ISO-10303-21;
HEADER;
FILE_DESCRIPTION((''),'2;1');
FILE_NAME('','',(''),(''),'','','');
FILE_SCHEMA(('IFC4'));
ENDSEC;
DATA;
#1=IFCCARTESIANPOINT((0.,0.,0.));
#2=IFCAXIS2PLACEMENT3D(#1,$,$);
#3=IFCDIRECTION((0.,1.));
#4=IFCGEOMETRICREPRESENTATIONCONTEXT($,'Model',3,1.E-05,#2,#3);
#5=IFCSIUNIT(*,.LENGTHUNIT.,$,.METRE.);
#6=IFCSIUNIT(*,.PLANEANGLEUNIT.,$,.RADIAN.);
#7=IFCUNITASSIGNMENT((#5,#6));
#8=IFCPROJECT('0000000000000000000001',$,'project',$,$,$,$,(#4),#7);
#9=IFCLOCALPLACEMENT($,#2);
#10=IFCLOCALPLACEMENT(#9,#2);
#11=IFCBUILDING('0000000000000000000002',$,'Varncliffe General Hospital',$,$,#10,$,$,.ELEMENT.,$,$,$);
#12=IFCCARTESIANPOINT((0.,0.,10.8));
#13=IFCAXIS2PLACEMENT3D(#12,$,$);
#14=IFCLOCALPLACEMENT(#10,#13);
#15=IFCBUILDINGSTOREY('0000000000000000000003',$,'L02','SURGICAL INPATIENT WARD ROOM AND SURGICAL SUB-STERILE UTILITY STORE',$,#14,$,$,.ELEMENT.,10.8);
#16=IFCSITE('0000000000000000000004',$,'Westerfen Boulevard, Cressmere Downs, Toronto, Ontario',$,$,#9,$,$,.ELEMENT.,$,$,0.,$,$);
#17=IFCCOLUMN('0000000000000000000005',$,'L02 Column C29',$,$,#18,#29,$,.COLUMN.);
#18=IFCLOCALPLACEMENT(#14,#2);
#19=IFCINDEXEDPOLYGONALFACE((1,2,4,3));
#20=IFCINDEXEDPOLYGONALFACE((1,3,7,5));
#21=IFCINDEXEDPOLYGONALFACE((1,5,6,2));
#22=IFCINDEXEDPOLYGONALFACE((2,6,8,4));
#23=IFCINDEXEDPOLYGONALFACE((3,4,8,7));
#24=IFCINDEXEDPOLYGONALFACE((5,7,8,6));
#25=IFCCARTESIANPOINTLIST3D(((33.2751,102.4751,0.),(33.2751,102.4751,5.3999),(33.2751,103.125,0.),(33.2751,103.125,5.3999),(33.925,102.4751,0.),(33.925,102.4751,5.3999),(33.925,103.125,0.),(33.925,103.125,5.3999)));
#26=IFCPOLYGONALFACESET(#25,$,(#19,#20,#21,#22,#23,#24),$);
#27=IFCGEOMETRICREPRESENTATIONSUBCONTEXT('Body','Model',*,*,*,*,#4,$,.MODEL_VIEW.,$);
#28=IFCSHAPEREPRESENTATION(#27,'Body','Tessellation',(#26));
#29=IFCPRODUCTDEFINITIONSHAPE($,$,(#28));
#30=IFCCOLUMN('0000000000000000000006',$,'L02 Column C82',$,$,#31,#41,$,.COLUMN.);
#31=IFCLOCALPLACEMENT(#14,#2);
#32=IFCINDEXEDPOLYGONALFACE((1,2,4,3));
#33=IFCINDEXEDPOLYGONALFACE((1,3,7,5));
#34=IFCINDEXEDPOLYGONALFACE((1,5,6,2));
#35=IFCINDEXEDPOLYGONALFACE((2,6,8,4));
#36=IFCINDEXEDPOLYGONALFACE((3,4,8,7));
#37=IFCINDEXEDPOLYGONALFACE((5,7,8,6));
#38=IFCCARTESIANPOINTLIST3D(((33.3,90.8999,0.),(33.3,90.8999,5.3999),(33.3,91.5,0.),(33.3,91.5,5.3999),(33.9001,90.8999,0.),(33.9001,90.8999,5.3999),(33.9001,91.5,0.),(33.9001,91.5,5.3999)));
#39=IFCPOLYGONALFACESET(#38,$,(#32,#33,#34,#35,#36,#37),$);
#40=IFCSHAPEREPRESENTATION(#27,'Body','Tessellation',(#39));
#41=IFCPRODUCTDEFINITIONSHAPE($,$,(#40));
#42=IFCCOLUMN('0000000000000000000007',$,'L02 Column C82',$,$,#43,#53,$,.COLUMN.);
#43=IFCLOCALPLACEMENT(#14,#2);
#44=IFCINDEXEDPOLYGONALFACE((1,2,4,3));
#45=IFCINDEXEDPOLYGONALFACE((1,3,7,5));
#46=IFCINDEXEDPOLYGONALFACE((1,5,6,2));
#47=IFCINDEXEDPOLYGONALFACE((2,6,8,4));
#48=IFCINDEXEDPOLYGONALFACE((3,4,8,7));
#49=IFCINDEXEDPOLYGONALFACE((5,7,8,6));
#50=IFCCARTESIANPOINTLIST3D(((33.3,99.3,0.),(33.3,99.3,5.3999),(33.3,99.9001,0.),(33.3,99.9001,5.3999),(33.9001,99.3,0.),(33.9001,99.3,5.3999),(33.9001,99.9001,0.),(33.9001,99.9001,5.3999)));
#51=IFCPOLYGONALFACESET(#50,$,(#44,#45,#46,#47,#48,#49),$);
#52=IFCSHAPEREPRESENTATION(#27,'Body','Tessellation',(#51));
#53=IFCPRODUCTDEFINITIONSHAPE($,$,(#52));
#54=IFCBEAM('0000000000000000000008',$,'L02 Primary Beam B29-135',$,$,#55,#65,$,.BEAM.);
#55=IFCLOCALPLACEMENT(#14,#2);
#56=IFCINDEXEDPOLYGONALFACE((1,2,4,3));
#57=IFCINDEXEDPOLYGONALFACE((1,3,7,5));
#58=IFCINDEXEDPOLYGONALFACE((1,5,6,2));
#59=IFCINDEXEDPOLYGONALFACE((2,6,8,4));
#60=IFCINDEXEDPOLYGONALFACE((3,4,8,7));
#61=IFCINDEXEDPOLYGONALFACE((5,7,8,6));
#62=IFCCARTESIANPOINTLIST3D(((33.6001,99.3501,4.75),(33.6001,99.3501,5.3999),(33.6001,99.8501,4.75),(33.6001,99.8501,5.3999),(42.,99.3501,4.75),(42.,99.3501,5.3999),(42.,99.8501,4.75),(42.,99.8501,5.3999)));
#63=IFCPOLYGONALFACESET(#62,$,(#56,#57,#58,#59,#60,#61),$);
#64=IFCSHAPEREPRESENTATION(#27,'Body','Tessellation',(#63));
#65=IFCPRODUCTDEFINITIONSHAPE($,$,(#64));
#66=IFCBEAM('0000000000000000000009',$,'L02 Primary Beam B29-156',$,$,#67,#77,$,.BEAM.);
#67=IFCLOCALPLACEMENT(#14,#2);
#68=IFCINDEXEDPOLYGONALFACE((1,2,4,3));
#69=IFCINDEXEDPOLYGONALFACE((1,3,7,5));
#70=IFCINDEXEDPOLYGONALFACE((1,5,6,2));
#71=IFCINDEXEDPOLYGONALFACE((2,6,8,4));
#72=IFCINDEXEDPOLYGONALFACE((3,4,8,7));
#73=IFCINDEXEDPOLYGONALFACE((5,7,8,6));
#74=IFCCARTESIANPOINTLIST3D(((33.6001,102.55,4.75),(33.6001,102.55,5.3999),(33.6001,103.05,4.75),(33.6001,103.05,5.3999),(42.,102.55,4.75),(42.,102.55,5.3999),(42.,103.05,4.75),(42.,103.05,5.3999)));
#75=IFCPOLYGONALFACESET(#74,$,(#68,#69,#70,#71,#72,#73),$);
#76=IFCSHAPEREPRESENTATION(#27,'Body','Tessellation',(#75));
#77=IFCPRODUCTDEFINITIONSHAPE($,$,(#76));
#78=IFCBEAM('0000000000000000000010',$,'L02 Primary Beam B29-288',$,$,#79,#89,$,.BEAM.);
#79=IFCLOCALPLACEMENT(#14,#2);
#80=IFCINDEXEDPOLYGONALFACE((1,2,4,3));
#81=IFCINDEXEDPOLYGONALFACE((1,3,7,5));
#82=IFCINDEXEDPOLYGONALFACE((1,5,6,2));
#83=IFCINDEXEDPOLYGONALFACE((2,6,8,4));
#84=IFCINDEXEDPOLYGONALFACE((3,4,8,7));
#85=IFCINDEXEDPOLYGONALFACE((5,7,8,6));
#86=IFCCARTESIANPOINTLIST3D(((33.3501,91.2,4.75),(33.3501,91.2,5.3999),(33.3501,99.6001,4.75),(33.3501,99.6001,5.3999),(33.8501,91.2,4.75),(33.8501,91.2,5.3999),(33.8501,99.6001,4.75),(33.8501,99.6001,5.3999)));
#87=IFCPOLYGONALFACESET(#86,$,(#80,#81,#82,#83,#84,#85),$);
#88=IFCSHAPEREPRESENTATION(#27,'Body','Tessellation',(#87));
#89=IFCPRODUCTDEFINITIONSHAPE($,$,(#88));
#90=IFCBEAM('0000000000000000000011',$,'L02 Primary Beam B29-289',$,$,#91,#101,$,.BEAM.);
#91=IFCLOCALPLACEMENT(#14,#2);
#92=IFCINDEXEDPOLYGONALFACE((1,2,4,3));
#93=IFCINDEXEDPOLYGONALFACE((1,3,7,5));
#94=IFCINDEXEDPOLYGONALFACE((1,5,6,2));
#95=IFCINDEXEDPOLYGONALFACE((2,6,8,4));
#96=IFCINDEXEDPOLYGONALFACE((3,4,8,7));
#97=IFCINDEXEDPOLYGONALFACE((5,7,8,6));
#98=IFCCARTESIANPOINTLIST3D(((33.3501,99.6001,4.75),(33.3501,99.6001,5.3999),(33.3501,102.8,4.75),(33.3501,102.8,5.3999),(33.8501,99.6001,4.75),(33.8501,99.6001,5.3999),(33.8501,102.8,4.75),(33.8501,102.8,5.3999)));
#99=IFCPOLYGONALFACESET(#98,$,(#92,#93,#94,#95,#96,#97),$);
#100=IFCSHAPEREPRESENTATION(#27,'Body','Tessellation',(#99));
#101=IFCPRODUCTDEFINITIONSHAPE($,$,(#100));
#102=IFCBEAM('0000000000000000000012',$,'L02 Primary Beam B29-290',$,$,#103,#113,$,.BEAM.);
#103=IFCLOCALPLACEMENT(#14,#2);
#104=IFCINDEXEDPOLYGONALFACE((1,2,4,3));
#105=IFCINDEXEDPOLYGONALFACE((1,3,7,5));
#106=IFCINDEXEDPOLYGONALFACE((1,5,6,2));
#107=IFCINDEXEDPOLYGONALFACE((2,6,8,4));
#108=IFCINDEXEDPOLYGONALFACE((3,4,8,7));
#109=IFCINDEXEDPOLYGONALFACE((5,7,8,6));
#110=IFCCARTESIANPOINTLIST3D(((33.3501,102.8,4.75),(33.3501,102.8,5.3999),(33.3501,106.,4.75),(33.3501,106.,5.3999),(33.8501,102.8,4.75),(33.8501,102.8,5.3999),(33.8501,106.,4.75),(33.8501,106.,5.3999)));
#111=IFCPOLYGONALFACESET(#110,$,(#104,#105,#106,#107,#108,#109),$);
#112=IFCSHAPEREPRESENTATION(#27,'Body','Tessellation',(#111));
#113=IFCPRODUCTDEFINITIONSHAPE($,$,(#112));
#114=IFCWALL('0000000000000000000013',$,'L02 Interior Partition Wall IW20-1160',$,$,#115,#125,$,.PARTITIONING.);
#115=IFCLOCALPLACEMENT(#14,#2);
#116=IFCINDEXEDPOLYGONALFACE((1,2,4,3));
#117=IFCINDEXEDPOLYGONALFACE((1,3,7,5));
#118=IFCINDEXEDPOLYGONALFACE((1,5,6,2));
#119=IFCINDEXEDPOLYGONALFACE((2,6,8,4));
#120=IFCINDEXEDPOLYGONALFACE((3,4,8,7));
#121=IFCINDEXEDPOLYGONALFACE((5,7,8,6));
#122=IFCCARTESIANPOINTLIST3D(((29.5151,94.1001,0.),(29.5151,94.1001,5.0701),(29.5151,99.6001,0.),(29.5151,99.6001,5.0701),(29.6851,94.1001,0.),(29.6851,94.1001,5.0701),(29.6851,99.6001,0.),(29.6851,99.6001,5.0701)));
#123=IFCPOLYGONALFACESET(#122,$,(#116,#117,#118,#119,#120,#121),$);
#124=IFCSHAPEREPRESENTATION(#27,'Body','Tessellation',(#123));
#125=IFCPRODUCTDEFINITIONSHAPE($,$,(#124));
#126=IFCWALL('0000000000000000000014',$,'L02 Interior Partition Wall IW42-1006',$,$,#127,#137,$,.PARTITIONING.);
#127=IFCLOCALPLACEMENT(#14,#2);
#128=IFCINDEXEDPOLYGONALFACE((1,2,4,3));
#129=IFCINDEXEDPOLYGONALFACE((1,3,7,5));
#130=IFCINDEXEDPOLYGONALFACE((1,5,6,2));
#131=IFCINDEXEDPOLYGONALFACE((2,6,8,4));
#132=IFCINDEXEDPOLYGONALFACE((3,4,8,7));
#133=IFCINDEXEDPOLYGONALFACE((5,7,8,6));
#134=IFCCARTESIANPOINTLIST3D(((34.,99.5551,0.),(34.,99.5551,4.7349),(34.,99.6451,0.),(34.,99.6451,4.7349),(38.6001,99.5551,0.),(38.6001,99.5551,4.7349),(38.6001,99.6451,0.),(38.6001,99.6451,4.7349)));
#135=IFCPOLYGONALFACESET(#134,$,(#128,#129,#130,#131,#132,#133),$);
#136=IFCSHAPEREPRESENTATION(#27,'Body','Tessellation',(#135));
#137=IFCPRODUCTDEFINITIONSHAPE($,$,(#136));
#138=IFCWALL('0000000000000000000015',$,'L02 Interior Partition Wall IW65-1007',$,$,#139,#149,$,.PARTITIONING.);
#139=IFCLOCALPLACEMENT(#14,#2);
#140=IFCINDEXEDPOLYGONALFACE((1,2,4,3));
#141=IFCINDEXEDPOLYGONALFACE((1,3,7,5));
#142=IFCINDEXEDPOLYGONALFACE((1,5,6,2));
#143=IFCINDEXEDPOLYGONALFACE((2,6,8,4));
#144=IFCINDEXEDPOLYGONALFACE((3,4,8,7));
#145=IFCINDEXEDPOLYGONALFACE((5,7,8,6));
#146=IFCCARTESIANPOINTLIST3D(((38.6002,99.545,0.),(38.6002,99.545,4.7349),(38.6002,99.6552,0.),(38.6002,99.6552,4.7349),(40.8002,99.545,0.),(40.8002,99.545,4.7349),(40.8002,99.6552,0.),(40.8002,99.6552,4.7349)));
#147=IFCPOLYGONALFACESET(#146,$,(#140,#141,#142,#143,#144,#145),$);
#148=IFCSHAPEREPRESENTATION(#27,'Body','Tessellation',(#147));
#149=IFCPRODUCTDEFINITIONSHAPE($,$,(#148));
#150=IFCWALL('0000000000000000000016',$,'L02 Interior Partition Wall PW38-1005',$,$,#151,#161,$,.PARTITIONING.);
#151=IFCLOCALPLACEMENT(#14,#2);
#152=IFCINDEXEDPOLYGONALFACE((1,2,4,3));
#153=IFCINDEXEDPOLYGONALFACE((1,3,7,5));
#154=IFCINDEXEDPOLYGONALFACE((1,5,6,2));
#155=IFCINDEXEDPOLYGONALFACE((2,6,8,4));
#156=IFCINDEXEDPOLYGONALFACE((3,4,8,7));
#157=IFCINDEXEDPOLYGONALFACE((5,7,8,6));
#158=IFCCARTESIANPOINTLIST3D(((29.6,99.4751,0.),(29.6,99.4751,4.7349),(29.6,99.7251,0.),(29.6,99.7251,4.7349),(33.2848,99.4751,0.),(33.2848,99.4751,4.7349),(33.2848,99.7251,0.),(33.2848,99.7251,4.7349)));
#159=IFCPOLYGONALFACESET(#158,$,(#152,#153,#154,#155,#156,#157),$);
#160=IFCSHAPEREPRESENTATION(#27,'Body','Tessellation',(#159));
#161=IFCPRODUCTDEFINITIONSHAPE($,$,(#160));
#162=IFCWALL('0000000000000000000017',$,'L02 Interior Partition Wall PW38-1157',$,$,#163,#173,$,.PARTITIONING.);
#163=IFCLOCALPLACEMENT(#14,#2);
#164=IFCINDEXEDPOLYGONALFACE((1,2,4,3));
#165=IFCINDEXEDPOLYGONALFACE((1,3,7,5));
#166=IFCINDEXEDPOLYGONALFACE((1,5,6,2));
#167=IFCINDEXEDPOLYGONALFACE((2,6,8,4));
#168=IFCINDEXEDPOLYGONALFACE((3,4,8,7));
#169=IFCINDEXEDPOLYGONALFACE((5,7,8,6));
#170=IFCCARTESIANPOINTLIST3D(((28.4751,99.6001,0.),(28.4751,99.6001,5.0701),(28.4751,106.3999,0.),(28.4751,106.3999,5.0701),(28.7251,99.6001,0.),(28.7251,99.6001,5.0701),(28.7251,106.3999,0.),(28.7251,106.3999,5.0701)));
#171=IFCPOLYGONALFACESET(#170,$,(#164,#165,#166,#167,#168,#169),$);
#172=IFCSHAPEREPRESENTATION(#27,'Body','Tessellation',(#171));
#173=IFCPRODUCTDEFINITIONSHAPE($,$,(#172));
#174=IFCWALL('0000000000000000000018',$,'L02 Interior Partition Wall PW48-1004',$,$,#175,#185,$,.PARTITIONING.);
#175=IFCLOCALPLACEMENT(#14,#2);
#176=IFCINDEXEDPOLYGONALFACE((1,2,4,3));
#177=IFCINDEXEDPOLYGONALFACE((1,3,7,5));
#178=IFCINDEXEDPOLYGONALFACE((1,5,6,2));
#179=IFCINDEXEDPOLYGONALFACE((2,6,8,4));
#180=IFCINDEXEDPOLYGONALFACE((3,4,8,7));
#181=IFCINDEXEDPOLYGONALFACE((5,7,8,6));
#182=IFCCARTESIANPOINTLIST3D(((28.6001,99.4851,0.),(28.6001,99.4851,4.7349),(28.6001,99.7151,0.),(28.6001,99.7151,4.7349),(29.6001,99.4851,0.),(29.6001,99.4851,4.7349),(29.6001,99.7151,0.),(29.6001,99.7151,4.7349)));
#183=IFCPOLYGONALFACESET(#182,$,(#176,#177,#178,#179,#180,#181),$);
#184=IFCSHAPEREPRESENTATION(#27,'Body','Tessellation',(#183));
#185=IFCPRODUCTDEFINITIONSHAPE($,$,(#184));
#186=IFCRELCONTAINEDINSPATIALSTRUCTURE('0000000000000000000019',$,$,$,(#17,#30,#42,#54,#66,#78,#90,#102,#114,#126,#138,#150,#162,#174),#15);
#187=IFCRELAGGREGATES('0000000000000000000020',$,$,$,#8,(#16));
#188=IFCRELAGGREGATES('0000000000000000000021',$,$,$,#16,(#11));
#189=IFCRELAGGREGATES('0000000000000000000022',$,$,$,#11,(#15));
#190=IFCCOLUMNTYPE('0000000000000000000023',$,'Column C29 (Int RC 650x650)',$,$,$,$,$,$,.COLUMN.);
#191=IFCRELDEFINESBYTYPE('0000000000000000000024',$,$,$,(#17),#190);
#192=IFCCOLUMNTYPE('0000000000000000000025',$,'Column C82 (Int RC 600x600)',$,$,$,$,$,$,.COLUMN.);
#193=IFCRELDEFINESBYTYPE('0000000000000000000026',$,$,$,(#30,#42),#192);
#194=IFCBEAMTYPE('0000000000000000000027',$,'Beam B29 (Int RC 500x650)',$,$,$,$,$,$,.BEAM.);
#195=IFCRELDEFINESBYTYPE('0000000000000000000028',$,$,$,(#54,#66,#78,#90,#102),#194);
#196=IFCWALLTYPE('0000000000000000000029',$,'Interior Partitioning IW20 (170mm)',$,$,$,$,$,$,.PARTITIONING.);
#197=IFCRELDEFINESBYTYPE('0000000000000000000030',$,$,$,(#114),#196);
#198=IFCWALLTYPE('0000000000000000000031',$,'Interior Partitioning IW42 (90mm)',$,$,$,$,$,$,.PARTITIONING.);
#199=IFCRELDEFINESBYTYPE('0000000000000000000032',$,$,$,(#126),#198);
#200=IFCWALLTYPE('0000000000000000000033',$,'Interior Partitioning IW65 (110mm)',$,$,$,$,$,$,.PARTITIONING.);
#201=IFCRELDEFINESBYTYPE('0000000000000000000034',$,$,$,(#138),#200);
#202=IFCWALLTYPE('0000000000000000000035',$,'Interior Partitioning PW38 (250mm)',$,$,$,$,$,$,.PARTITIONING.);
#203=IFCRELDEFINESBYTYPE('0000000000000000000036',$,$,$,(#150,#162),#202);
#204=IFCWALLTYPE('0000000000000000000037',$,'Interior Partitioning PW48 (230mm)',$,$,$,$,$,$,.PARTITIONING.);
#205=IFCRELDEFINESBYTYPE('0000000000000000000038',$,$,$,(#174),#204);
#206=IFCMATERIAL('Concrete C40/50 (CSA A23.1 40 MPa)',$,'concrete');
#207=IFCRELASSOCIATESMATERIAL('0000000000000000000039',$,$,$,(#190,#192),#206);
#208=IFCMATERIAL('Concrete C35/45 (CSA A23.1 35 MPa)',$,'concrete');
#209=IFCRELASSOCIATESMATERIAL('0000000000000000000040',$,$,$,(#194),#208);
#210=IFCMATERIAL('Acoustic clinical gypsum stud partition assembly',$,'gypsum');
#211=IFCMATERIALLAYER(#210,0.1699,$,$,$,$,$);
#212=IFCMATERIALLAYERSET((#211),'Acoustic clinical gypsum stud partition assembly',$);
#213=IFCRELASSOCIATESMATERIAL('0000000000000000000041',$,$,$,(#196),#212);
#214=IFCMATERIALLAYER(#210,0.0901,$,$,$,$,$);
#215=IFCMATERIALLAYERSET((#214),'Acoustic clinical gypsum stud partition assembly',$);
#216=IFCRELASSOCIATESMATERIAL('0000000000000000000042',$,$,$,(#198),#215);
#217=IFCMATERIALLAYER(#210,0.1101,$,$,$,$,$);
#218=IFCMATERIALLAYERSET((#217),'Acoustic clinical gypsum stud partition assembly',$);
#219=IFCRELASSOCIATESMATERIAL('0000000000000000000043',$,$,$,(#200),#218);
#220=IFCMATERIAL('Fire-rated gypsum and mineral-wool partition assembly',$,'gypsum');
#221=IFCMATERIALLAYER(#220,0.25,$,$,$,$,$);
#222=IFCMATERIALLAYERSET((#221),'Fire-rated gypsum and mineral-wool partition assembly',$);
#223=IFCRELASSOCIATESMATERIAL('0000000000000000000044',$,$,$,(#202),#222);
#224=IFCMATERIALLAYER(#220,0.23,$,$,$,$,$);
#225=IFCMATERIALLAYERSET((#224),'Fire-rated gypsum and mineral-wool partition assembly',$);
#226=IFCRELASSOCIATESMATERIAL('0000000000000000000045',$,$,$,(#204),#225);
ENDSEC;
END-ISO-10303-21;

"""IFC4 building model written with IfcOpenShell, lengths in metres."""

from ifc_helpers import new_model, si_unit, direction, frame, frame_2d, origin, origin_2d, place, context, subcontext, project, spatial, rectangle, extrude, material, layer, layer_set, material_profile, profile_set, type_object, element, save


model = new_model("IFC4")

# Units and contexts
model_context = context("Model", 3, precision=1e-05, world=origin(), true_north=direction((0.0, 1.0)))
body_context = subcontext(model_context, "Body", "Model", "MODEL_VIEW")
ifc_project = project(units=[si_unit("LENGTHUNIT", "METRE"), si_unit("PLANEANGLEUNIT", "RADIAN")], contexts=[model_context])

# Site, building, storey
site_placement = place(None, origin())
site = spatial("IfcSite", under=ifc_project, at=site_placement, Name="Westerfen Boulevard, Cressmere Downs, Toronto, Ontario", CompositionType="ELEMENT", RefElevation=0.0)
building_placement = place(site_placement, origin())
building = spatial("IfcBuilding", under=site, at=building_placement, Name="Varncliffe General Hospital", CompositionType="ELEMENT")
storey_placement = place(building_placement, frame((0.0, 0.0, 10.8)))
storey = spatial("IfcBuildingStorey", under=building, at=storey_placement, Name="L02", Description="SURGICAL INPATIENT WARD ROOM AND SURGICAL SUB-STERILE UTILITY STORE", CompositionType="ELEMENT", Elevation=10.8)

# Columns
ifc_material_1 = material(Name="Concrete C40/50 (CSA A23.1 40 MPa)", Category="concrete")
ifc_material_profile_1 = material_profile(ifc_material_1, rectangle(XDim=0.6499, YDim=0.6499, at=origin_2d()), Name="RC 650x650")
ifc_profile_set_1 = profile_set([ifc_material_profile_1], Name="Concrete C40/50 (CSA A23.1 40 MPa)")
column_type_1 = type_object("IfcColumnType", Name="Column C29 (Int RC 650x650)", PredefinedType="COLUMN", material=ifc_profile_set_1)
column_placement = place(storey_placement, frame((33.6001, 102.8, 0.0), z_axis=(0.0, 0.0, 1.0), x_axis=(1.0, 0.0, 0.0)))
element("IfcColumn", 1, at=column_placement, inside=storey, type_object=column_type_1, Name="L02 Column C29", PredefinedType="COLUMN", context=body_context, shape_type="SweptSolid", body=[
    extrude(rectangle(XDim=0.6499, YDim=0.6499, at=origin_2d()), origin(), (0.0, 0.0, 1.0), 5.3999),
])
ifc_material_profile_2 = material_profile(ifc_material_1, rectangle(XDim=0.6001, YDim=0.6001, at=origin_2d()), Name="RC 600x600")
ifc_profile_set_2 = profile_set([ifc_material_profile_2], Name="Concrete C40/50 (CSA A23.1 40 MPa)")
column_type_2 = type_object("IfcColumnType", Name="Column C82 (Int RC 600x600)", PredefinedType="COLUMN", material=ifc_profile_set_2)
for number, where, z_axis, x_axis, name in (
    (2, (33.6001, 91.2, 0.0), (0.0, 0.0, 1.0), (1.0, 0.0, 0.0), "L02 Column C82"),
    (3, (33.6001, 99.6001, 0.0), (0.0, 0.0, 1.0), (1.0, 0.0, 0.0), "L02 Column C82"),
):
    element("IfcColumn", number, at=place(storey_placement, frame(where, z_axis=z_axis, x_axis=x_axis)), inside=storey, type_object=column_type_2, Name=name, PredefinedType="COLUMN", context=body_context, shape_type="SweptSolid", body=[
        extrude(rectangle(XDim=0.6001, YDim=0.6001, at=origin_2d()), origin(), (0.0, 0.0, 1.0), 5.3999),
    ])

# Beams
ifc_material_2 = material(Name="Concrete C35/45 (CSA A23.1 35 MPa)", Category="concrete")
ifc_material_profile_3 = material_profile(ifc_material_2, rectangle(XDim=0.5, YDim=0.6499, at=origin_2d()), Name="RC 500x650")
ifc_profile_set_3 = profile_set([ifc_material_profile_3], Name="Concrete C35/45 (CSA A23.1 35 MPa)")
beam_type = type_object("IfcBeamType", Name="Beam B29 (Int RC 500x650)", PredefinedType="BEAM", material=ifc_profile_set_3)
for number, where, z_axis, x_axis, name in (
    (4, (33.6001, 99.6001, 5.075), (1.0, 0.0, 0.0), (0.0, 1.0, 0.0), "L02 Primary Beam B29-135"),
    (5, (33.6001, 102.8, 5.075), (1.0, 0.0, 0.0), (0.0, 1.0, 0.0), "L02 Primary Beam B29-156"),
):
    element("IfcBeam", number, at=place(storey_placement, frame(where, z_axis=z_axis, x_axis=x_axis)), inside=storey, type_object=beam_type, Name=name, PredefinedType="BEAM", context=body_context, shape_type="SweptSolid", body=[
        extrude(rectangle(XDim=0.5, YDim=0.6499, at=origin_2d()), origin(), (0.0, 0.0, 1.0), 8.3999),
    ])
beam_placement = place(storey_placement, frame((33.6001, 91.2, 5.075), z_axis=(0.0, 1.0, 0.0), x_axis=(-1.0, 0.0, 0.0)))
element("IfcBeam", 6, at=beam_placement, inside=storey, type_object=beam_type, Name="L02 Primary Beam B29-288", PredefinedType="BEAM", context=body_context, shape_type="SweptSolid", body=[
    extrude(rectangle(XDim=0.5, YDim=0.6499, at=origin_2d()), origin(), (0.0, 0.0, 1.0), 8.4001),
])
for number, where, z_axis, x_axis, name in (
    (7, (33.6001, 99.6001, 5.075), (0.0, 1.0, 0.0), (-1.0, 0.0, 0.0), "L02 Primary Beam B29-289"),
    (8, (33.6001, 102.8, 5.075), (0.0, 1.0, 0.0), (-1.0, 0.0, 0.0), "L02 Primary Beam B29-290"),
):
    element("IfcBeam", number, at=place(storey_placement, frame(where, z_axis=z_axis, x_axis=x_axis)), inside=storey, type_object=beam_type, Name=name, PredefinedType="BEAM", context=body_context, shape_type="SweptSolid", body=[
        extrude(rectangle(XDim=0.5, YDim=0.6499, at=origin_2d()), origin(), (0.0, 0.0, 1.0), 3.2),
    ])

# Walls
ifc_material_3 = material(Name="Acoustic clinical gypsum stud partition assembly", Category="gypsum")
ifc_layer_1 = layer(ifc_material_3, 0.1699)
ifc_layer_set_1 = layer_set([ifc_layer_1], Name="Acoustic clinical gypsum stud partition assembly")
wall_type_1 = type_object("IfcWallType", Name="Interior Partitioning IW20 (170mm)", PredefinedType="PARTITIONING", material=ifc_layer_set_1)
wall_1_placement = place(storey_placement, frame((29.6001, 94.1001, 0.0), z_axis=(0.0, 0.0, 1.0), x_axis=(0.0, 1.0, 0.0)))
element("IfcWall", 9, at=wall_1_placement, inside=storey, type_object=wall_type_1, Name="L02 Interior Partition Wall IW20-1160", PredefinedType="PARTITIONING", context=body_context, shape_type="SweptSolid", body=[
    extrude(rectangle(XDim=5.5, YDim=0.1699, at=frame_2d((2.75, 0.0))), origin(), (0.0, 0.0, 1.0), 5.0701),
])
ifc_layer_2 = layer(ifc_material_3, 0.0901)
ifc_layer_set_2 = layer_set([ifc_layer_2], Name="Acoustic clinical gypsum stud partition assembly")
wall_type_2 = type_object("IfcWallType", Name="Interior Partitioning IW42 (90mm)", PredefinedType="PARTITIONING", material=ifc_layer_set_2)
wall_2_placement = place(storey_placement, frame((34.0, 99.6001, 0.0), z_axis=(0.0, 0.0, 1.0), x_axis=(1.0, 0.0, 0.0)))
element("IfcWall", 10, at=wall_2_placement, inside=storey, type_object=wall_type_2, Name="L02 Interior Partition Wall IW42-1006", PredefinedType="PARTITIONING", context=body_context, shape_type="SweptSolid", body=[
    extrude(rectangle(XDim=4.6001, YDim=0.0901, at=frame_2d((2.3, 0.0))), origin(), (0.0, 0.0, 1.0), 4.7349),
])
ifc_layer_3 = layer(ifc_material_3, 0.1101)
ifc_layer_set_3 = layer_set([ifc_layer_3], Name="Acoustic clinical gypsum stud partition assembly")
wall_type_3 = type_object("IfcWallType", Name="Interior Partitioning IW65 (110mm)", PredefinedType="PARTITIONING", material=ifc_layer_set_3)
wall_3_placement = place(storey_placement, frame((38.6001, 99.6001, 0.0), z_axis=(0.0, 0.0, 1.0), x_axis=(1.0, 0.0, 0.0)))
element("IfcWall", 11, at=wall_3_placement, inside=storey, type_object=wall_type_3, Name="L02 Interior Partition Wall IW65-1007", PredefinedType="PARTITIONING", context=body_context, shape_type="SweptSolid", body=[
    extrude(rectangle(XDim=2.2, YDim=0.1101, at=frame_2d((1.1001, 0.0))), origin(), (0.0, 0.0, 1.0), 4.7349),
])
ifc_material_4 = material(Name="Fire-rated gypsum and mineral-wool partition assembly", Category="gypsum")
ifc_layer_4 = layer(ifc_material_4, 0.25)
ifc_layer_set_4 = layer_set([ifc_layer_4], Name="Fire-rated gypsum and mineral-wool partition assembly")
wall_type_4 = type_object("IfcWallType", Name="Interior Partitioning PW38 (250mm)", PredefinedType="PARTITIONING", material=ifc_layer_set_4)
wall_4_placement = place(storey_placement, frame((29.6001, 99.6001, 0.0), z_axis=(0.0, 0.0, 1.0), x_axis=(1.0, 0.0, 0.0)))
element("IfcWall", 12, at=wall_4_placement, inside=storey, type_object=wall_type_4, Name="L02 Interior Partition Wall PW38-1005", PredefinedType="PARTITIONING", context=body_context, shape_type="SweptSolid", body=[
    extrude(rectangle(XDim=3.6848, YDim=0.25, at=frame_2d((1.8423, 0.0))), origin(), (0.0, 0.0, 1.0), 4.7349),
])
wall_5_placement = place(storey_placement, frame((28.6001, 99.6001, 0.0), z_axis=(0.0, 0.0, 1.0), x_axis=(0.0, 1.0, 0.0)))
element("IfcWall", 13, at=wall_5_placement, inside=storey, type_object=wall_type_4, Name="L02 Interior Partition Wall PW38-1157", PredefinedType="PARTITIONING", context=body_context, shape_type="SweptSolid", body=[
    extrude(rectangle(XDim=6.7998, YDim=0.25, at=frame_2d((3.3999, 0.0))), origin(), (0.0, 0.0, 1.0), 5.0701),
])
ifc_layer_5 = layer(ifc_material_4, 0.23)
ifc_layer_set_5 = layer_set([ifc_layer_5], Name="Fire-rated gypsum and mineral-wool partition assembly")
wall_type_5 = type_object("IfcWallType", Name="Interior Partitioning PW48 (230mm)", PredefinedType="PARTITIONING", material=ifc_layer_set_5)
wall_6_placement = place(storey_placement, frame((28.6001, 99.6001, 0.0), z_axis=(0.0, 0.0, 1.0), x_axis=(1.0, 0.0, 0.0)))
element("IfcWall", 14, at=wall_6_placement, inside=storey, type_object=wall_type_5, Name="L02 Interior Partition Wall PW48-1004", PredefinedType="PARTITIONING", context=body_context, shape_type="SweptSolid", body=[
    extrude(rectangle(XDim=1.0, YDim=0.23, at=frame_2d((0.5, 0.0))), origin(), (0.0, 0.0, 1.0), 4.7349),
])

save(model, "model.ifc")
